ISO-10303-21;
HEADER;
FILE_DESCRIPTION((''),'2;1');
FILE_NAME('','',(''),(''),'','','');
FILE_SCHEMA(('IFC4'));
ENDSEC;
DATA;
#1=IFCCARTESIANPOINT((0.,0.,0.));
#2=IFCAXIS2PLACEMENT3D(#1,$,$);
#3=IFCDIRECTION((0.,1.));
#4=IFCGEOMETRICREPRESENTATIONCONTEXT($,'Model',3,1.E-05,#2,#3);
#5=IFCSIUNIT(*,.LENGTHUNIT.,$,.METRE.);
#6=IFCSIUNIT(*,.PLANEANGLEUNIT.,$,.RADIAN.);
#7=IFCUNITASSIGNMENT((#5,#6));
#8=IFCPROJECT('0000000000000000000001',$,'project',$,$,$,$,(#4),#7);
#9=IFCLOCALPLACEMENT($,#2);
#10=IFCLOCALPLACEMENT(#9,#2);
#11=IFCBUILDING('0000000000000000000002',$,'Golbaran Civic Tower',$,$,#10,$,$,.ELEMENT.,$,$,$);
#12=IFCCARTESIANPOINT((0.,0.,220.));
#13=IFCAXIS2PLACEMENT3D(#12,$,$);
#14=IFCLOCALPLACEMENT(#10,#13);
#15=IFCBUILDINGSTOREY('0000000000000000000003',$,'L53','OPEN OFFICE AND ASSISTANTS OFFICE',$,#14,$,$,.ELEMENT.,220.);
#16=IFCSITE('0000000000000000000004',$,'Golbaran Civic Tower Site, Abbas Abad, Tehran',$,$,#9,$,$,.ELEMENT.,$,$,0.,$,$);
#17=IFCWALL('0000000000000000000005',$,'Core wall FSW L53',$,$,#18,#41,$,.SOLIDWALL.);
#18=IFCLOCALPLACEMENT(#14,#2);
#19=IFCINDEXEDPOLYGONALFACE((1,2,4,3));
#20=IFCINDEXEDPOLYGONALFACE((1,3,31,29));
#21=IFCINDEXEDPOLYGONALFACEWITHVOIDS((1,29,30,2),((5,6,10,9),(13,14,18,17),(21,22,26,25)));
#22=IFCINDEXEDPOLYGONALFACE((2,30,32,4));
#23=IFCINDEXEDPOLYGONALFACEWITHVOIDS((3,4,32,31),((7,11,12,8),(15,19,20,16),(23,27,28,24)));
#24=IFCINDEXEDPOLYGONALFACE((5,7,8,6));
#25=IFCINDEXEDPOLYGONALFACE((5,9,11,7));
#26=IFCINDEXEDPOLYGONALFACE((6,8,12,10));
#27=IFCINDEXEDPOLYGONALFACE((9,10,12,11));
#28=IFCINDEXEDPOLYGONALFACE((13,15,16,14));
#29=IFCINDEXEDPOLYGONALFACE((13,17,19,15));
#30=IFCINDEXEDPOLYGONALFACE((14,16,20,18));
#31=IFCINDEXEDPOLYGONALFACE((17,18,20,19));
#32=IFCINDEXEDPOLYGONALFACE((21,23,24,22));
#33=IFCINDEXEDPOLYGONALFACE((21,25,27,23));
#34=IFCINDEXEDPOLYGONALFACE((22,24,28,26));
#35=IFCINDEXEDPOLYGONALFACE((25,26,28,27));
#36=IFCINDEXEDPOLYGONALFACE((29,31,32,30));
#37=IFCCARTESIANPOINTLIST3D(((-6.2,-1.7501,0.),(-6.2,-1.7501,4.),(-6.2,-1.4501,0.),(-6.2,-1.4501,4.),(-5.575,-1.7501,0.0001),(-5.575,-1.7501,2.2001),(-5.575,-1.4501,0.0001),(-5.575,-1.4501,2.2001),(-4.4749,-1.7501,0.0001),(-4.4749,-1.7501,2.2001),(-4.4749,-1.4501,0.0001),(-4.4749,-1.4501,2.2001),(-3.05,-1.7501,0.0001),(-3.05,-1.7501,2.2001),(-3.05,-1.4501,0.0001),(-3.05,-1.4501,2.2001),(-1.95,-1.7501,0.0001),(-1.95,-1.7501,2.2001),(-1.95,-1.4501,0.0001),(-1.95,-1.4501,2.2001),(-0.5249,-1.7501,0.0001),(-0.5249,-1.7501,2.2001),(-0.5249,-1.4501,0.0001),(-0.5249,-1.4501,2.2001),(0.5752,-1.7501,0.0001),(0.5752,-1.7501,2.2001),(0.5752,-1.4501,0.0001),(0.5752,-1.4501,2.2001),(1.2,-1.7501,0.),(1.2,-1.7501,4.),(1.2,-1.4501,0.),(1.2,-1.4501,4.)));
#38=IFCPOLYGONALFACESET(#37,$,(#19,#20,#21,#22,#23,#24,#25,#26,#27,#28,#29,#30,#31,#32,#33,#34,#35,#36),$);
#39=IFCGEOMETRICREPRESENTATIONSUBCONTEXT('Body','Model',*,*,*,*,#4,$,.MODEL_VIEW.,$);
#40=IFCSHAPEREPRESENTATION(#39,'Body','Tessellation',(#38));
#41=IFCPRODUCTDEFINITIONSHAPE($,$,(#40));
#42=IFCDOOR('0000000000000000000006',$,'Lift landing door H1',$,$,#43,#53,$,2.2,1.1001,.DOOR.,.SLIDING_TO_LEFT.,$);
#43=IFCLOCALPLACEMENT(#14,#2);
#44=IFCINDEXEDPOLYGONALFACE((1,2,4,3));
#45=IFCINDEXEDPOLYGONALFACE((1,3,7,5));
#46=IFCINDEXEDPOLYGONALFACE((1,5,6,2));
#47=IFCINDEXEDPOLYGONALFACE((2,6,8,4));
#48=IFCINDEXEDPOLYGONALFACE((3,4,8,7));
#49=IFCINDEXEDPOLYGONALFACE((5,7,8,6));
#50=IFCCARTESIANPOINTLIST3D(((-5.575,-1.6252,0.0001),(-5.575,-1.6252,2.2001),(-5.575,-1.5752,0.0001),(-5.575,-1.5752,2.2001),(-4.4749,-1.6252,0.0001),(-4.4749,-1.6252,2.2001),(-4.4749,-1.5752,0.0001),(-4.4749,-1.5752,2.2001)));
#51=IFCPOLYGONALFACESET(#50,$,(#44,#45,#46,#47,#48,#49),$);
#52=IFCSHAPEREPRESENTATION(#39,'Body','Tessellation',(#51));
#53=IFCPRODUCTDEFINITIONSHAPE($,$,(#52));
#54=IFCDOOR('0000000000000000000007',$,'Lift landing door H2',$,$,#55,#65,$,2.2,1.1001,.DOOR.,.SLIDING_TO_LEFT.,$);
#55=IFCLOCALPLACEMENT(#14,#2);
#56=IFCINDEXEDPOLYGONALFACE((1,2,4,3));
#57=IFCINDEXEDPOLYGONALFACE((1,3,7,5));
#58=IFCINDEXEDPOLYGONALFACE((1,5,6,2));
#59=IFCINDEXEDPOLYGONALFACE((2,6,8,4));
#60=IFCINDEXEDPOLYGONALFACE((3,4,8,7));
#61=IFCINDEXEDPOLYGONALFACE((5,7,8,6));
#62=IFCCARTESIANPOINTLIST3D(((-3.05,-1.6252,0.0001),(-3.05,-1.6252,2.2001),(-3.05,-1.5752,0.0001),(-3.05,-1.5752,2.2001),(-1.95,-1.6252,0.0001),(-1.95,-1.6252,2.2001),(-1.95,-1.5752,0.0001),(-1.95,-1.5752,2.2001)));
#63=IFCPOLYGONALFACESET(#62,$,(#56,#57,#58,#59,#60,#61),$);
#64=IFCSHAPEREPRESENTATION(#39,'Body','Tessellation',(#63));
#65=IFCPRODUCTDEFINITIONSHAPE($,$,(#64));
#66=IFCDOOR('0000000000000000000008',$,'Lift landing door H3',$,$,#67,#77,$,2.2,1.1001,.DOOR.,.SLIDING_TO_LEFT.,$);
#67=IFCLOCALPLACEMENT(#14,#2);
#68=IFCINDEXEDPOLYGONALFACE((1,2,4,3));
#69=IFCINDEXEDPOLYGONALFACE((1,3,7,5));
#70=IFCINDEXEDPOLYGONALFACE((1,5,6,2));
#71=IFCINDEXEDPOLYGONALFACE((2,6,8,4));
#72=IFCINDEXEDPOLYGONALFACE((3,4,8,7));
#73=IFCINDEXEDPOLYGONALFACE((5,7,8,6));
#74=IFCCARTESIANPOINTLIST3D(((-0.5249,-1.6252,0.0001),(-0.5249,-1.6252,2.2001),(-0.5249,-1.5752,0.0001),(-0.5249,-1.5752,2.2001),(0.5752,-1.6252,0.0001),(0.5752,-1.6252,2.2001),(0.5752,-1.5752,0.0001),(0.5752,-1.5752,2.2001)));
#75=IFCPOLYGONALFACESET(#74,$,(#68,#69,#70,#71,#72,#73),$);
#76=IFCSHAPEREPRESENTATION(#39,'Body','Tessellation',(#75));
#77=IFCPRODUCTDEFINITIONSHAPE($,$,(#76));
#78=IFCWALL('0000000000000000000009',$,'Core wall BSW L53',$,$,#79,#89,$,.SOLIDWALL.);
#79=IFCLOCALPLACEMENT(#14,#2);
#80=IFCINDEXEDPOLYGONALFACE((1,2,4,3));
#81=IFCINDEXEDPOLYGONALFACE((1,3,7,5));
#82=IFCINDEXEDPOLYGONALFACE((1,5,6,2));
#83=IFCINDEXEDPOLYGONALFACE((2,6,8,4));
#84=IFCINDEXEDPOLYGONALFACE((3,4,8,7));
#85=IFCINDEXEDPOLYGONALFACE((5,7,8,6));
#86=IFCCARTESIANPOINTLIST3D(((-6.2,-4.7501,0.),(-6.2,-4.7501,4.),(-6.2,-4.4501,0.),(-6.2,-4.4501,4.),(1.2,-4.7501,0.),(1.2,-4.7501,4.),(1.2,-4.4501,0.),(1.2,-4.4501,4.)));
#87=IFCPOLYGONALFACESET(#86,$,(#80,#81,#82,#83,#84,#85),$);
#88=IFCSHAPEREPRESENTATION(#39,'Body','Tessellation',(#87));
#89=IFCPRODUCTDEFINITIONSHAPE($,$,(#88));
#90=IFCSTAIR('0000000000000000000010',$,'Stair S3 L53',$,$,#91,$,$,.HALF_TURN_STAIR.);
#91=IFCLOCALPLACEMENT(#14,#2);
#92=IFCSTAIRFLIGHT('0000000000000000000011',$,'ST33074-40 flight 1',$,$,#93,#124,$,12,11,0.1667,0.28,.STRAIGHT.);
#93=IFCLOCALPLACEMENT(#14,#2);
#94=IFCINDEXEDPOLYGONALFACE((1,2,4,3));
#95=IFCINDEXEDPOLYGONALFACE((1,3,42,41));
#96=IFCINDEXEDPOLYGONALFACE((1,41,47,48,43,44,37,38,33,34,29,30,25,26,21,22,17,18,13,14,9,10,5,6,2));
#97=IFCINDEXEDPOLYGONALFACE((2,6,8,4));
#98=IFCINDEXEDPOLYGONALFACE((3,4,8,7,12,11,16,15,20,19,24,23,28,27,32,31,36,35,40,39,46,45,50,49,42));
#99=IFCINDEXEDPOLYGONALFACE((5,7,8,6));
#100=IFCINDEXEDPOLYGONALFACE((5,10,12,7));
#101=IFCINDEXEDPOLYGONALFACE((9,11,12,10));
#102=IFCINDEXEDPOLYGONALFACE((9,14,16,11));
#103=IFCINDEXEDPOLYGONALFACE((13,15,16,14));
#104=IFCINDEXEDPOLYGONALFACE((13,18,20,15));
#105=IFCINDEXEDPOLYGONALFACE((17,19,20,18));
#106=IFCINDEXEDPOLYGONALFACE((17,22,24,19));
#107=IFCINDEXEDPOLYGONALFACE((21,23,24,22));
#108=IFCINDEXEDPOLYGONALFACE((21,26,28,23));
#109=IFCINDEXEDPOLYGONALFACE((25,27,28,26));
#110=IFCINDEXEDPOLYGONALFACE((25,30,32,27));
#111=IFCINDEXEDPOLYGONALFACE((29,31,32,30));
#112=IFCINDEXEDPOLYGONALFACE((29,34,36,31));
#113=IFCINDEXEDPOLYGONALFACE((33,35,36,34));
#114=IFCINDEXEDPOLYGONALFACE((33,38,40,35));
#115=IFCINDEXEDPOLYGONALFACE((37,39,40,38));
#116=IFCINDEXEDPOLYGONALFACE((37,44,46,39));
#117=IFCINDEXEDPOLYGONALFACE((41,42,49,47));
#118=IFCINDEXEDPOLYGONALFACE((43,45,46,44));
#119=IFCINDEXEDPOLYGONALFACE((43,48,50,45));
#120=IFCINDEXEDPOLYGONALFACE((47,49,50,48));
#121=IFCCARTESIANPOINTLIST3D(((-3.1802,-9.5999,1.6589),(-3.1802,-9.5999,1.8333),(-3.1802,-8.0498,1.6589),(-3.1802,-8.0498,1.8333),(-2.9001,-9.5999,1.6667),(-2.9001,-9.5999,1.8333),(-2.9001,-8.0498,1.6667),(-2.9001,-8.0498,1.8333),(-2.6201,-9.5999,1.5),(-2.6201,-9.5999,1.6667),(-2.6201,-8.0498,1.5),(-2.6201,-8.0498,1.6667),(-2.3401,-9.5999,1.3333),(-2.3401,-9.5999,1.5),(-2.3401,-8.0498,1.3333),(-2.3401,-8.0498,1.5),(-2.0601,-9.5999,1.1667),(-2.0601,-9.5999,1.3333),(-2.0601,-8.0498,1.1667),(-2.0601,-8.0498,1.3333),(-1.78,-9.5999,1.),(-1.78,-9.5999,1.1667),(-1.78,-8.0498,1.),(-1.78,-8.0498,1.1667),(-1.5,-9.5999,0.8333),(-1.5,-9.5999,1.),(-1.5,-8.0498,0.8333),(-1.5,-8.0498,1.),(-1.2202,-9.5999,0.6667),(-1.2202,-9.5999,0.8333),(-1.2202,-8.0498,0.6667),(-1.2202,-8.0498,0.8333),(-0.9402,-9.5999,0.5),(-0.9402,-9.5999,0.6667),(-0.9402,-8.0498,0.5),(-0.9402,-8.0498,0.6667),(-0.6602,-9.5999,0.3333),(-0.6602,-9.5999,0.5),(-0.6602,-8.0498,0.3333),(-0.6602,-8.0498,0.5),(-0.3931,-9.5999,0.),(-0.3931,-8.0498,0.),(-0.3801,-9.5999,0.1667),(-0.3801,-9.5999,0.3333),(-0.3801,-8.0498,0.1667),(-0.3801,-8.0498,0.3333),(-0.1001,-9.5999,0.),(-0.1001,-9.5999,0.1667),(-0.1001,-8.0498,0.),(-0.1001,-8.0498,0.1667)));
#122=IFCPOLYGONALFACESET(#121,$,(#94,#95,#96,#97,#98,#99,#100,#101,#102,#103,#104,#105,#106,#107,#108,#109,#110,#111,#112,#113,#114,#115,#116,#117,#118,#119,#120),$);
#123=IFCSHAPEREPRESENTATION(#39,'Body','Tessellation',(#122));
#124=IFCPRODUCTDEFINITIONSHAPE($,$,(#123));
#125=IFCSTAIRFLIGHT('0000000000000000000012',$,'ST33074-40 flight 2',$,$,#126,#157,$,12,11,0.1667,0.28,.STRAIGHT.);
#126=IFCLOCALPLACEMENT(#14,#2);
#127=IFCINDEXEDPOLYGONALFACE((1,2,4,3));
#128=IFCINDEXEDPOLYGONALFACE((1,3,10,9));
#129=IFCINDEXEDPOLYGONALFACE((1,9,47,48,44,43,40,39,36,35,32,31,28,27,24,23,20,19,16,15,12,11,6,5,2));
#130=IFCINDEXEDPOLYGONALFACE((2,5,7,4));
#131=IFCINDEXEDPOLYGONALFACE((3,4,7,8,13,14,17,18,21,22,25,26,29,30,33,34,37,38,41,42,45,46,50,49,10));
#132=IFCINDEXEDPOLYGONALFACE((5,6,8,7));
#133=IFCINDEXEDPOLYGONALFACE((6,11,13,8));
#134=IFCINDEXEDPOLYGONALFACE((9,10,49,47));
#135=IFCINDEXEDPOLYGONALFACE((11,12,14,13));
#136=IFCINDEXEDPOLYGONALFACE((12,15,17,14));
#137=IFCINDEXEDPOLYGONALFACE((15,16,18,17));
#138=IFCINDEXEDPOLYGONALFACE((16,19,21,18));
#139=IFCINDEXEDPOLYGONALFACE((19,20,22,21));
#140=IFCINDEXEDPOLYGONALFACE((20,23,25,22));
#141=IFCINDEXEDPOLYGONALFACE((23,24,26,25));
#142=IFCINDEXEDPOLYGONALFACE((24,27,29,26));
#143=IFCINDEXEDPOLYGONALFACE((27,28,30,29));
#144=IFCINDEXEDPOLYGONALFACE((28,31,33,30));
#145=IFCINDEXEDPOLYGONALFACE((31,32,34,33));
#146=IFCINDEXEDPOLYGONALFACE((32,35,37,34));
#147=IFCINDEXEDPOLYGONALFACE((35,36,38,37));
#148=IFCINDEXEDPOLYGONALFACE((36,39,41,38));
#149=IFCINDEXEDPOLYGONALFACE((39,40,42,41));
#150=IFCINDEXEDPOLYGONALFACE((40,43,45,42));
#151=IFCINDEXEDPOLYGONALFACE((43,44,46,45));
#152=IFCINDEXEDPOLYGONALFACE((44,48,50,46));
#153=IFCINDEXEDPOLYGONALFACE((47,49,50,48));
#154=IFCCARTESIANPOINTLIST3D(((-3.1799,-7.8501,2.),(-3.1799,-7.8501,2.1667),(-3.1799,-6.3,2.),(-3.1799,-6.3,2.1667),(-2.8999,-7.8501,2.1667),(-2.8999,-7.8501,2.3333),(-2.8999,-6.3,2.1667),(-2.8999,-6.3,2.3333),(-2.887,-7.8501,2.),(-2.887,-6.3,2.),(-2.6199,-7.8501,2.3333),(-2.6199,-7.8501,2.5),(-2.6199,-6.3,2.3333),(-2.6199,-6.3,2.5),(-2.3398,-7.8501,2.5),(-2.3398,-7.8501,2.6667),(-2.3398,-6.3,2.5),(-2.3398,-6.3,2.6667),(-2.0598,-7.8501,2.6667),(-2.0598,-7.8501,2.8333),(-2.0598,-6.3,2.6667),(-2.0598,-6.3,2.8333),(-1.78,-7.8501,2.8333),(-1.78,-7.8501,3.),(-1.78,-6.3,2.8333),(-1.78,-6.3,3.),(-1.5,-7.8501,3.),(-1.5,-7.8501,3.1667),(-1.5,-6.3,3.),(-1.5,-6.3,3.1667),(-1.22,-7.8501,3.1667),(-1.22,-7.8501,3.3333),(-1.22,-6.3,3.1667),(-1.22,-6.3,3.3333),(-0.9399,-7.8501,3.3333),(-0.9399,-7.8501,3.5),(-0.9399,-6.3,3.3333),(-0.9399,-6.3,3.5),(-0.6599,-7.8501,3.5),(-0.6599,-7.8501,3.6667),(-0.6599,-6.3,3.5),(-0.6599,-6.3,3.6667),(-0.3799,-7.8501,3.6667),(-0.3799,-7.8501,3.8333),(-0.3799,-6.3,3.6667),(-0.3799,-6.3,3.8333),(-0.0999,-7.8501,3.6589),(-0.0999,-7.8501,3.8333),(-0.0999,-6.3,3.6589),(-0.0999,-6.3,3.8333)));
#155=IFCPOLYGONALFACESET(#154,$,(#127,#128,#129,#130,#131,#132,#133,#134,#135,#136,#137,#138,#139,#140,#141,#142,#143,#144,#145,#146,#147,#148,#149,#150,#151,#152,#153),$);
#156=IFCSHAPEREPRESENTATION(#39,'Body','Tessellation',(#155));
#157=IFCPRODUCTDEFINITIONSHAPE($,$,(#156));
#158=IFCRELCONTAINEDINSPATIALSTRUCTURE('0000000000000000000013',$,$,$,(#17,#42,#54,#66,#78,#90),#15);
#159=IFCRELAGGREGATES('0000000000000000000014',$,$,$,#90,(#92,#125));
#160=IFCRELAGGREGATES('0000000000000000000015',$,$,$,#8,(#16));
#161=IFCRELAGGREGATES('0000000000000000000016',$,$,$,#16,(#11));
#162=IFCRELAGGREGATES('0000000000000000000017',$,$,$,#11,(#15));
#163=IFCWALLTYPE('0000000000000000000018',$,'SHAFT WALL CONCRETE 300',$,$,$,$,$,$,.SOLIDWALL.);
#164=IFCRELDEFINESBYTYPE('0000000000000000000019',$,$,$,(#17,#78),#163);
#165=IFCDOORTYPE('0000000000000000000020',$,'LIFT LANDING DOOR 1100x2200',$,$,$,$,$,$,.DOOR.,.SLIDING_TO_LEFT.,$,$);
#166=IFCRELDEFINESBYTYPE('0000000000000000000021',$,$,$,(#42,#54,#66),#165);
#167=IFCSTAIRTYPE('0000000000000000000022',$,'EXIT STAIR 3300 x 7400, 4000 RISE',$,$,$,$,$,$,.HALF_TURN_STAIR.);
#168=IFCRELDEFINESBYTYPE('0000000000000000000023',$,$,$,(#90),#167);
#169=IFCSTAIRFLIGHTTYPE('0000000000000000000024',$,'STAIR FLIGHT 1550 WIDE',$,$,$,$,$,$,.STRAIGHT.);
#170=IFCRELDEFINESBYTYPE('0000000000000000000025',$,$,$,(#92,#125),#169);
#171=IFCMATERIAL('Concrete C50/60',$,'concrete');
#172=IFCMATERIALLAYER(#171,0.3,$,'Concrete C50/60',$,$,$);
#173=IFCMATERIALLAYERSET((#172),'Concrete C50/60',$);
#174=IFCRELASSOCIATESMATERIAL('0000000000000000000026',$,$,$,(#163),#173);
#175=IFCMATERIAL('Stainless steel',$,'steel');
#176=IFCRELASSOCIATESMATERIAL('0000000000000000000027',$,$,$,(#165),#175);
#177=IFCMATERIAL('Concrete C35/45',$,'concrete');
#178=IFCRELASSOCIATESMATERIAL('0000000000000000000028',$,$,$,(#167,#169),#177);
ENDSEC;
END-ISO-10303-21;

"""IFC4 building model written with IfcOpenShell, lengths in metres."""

from ifc_helpers import new_model, si_unit, direction, frame, frame_2d, origin, place, context, subcontext, project, spatial, polyline, rectangle, outline, extrude, material, layer, layer_set, type_object, element, fill, aggregate, save


model = new_model("IFC4")

# Units and contexts
model_context = context("Model", 3, precision=1e-05, world=origin(), true_north=direction((0.0, 1.0)))
body_context = subcontext(model_context, "Body", "Model", "MODEL_VIEW")
ifc_project = project(units=[si_unit("LENGTHUNIT", "METRE"), si_unit("PLANEANGLEUNIT", "RADIAN")], contexts=[model_context])

# Site, building, storey
site_placement = place(None, origin())
site = spatial("IfcSite", under=ifc_project, at=site_placement, Name="Golbaran Civic Tower Site, Abbas Abad, Tehran", CompositionType="ELEMENT", RefElevation=0.0)
building_placement = place(site_placement, origin())
building = spatial("IfcBuilding", under=site, at=building_placement, Name="Golbaran Civic Tower", CompositionType="ELEMENT")
storey_placement = place(building_placement, frame((0.0, 0.0, 220.0)))
storey = spatial("IfcBuildingStorey", under=building, at=storey_placement, Name="L53", Description="OPEN OFFICE AND ASSISTANTS OFFICE", CompositionType="ELEMENT", Elevation=220.0)

# Shared definitions
ifc_material_1 = material(Name="Concrete C50/60", Category="concrete")

# Wall, openings, doors
ifc_layer_1 = layer(ifc_material_1, 0.3, Name="Concrete C50/60")
ifc_layer_set_1 = layer_set([ifc_layer_1], Name="Concrete C50/60")
wall_type_1 = type_object("IfcWallType", Name="SHAFT WALL CONCRETE 300", PredefinedType="SOLIDWALL", material=ifc_layer_set_1)
wall_1_placement = place(storey_placement, frame((-6.2, -1.6001, 0.0), z_axis=(0.0, 0.0, 1.0), x_axis=(1.0, 0.0, 0.0)))
wall_1 = element("IfcWall", 1, at=wall_1_placement, inside=storey, type_object=wall_type_1, Name="Core wall FSW L53", PredefinedType="SOLIDWALL", context=body_context, shape_type="SweptSolid", body=[
    extrude(rectangle(XDim=7.3999, YDim=0.3, at=frame_2d((3.7, 0.0))), origin(), (0.0, 0.0, 1.0), 4.0),
])
opening_1_placement = place(wall_1_placement, frame((0.625, 0.0, 0.0)))
opening_1 = element("IfcOpeningElement", 2, at=opening_1_placement, cuts=wall_1, PredefinedType="OPENING", context=body_context, shape_type="SweptSolid", body=[
    extrude(rectangle(XDim=1.1001, YDim=2.2, at=frame_2d((0.55, 1.1001))), frame((0.0, 0.1599, 0.0), z_axis=(0.0, -1.0, 0.0), x_axis=(1.0, 0.0, 0.0)), (0.0, 0.0, 1.0), 0.3201),
])
opening_2_placement = place(wall_1_placement, frame((3.1499, 0.0, 0.0)))
opening_2 = element("IfcOpeningElement", 3, at=opening_2_placement, cuts=wall_1, PredefinedType="OPENING", context=body_context, shape_type="SweptSolid", body=[
    extrude(rectangle(XDim=1.1001, YDim=2.2, at=frame_2d((0.55, 1.1001))), frame((0.0, 0.1599, 0.0), z_axis=(0.0, -1.0, 0.0), x_axis=(1.0, 0.0, 0.0)), (0.0, 0.0, 1.0), 0.3201),
])
opening_3_placement = place(wall_1_placement, frame((5.675, 0.0, 0.0)))
opening_3 = element("IfcOpeningElement", 4, at=opening_3_placement, cuts=wall_1, PredefinedType="OPENING", context=body_context, shape_type="SweptSolid", body=[
    extrude(rectangle(XDim=1.1001, YDim=2.2, at=frame_2d((0.55, 1.1001))), frame((0.0, 0.1599, 0.0), z_axis=(0.0, -1.0, 0.0), x_axis=(1.0, 0.0, 0.0)), (0.0, 0.0, 1.0), 0.3201),
])
ifc_material_2 = material(Name="Stainless steel", Category="steel")
door_type_1 = type_object("IfcDoorType", Name="LIFT LANDING DOOR 1100x2200", OperationType="SLIDING_TO_LEFT", PredefinedType="DOOR", material=ifc_material_2)
door_1_placement = place(opening_1_placement, origin())
door_1 = element("IfcDoor", 5, at=door_1_placement, inside=storey, type_object=door_type_1, Name="Lift landing door H1", OperationType="SLIDING_TO_LEFT", OverallHeight=2.2, OverallWidth=1.1001, PredefinedType="DOOR", context=body_context, shape_type="SweptSolid", body=[
    extrude(rectangle(XDim=1.1001, YDim=2.2, at=frame_2d((0.55, 1.1001))), frame((0.0, 0.0249, 0.0), z_axis=(0.0, -1.0, 0.0), x_axis=(1.0, 0.0, 0.0)), (0.0, 0.0, 1.0), 0.05),
])
fill(opening_1, door_1)
door_2_placement = place(opening_2_placement, origin())
door_2 = element("IfcDoor", 6, at=door_2_placement, inside=storey, type_object=door_type_1, Name="Lift landing door H2", OperationType="SLIDING_TO_LEFT", OverallHeight=2.2, OverallWidth=1.1001, PredefinedType="DOOR", context=body_context, shape_type="SweptSolid", body=[
    extrude(rectangle(XDim=1.1001, YDim=2.2, at=frame_2d((0.55, 1.1001))), frame((0.0, 0.0249, 0.0), z_axis=(0.0, -1.0, 0.0), x_axis=(1.0, 0.0, 0.0)), (0.0, 0.0, 1.0), 0.05),
])
fill(opening_2, door_2)
door_3_placement = place(opening_3_placement, origin())
door_3 = element("IfcDoor", 7, at=door_3_placement, inside=storey, type_object=door_type_1, Name="Lift landing door H3", OperationType="SLIDING_TO_LEFT", OverallHeight=2.2, OverallWidth=1.1001, PredefinedType="DOOR", context=body_context, shape_type="SweptSolid", body=[
    extrude(rectangle(XDim=1.1001, YDim=2.2, at=frame_2d((0.55, 1.1001))), frame((0.0, 0.0249, 0.0), z_axis=(0.0, -1.0, 0.0), x_axis=(1.0, 0.0, 0.0)), (0.0, 0.0, 1.0), 0.05),
])
fill(opening_3, door_3)

# Wall
wall_2_placement = place(storey_placement, frame((-6.2, -4.6001, 0.0), z_axis=(0.0, 0.0, 1.0), x_axis=(1.0, 0.0, 0.0)))
element("IfcWall", 8, at=wall_2_placement, inside=storey, type_object=wall_type_1, Name="Core wall BSW L53", PredefinedType="SOLIDWALL", context=body_context, shape_type="SweptSolid", body=[
    extrude(rectangle(XDim=7.3999, YDim=0.3, at=frame_2d((3.7, 0.0))), origin(), (0.0, 0.0, 1.0), 4.0),
])

# Stair, stair flights
ifc_material_3 = material(Name="Concrete C35/45", Category="concrete")
stair_type = type_object("IfcStairType", Name="EXIT STAIR 3300 x 7400, 4000 RISE", PredefinedType="HALF_TURN_STAIR", material=ifc_material_3)
stair_placement = place(storey_placement, origin())
stair = element("IfcStair", 9, at=stair_placement, inside=storey, type_object=stair_type, Name="Stair S3 L53", PredefinedType="HALF_TURN_STAIR")
stair_flight_type = type_object("IfcStairFlightType", Name="STAIR FLIGHT 1550 WIDE", PredefinedType="STRAIGHT", material=ifc_material_3)
stair_flight_1_placement = place(storey_placement, frame((-0.1001, -8.825, 0.0), z_axis=(0.0, 0.0, 1.0), x_axis=(-1.0, 0.0, 0.0)))
stair_flight_1 = element("IfcStairFlight", 10, at=stair_flight_1_placement, type_object=stair_flight_type, Name="ST33074-40 flight 1", NumberOfRisers=12, NumberOfTreads=11, PredefinedType="STRAIGHT", RiserHeight=0.1667, TreadLength=0.28, context=body_context, shape_type="SweptSolid", body=[
    extrude(outline(polyline([(0.0, 0.0), (0.0, 0.1667), (0.28, 0.1667), (0.28, 0.3333), (0.5601, 0.3333), (0.5601, 0.5), (0.8401, 0.5), (0.8401, 0.6667), (1.1201, 0.6667), (1.1201, 0.8333), (1.3999, 0.8333), (1.3999, 1.0), (1.6799, 1.0), (1.6799, 1.1667), (1.96, 1.1667), (1.96, 1.3333), (2.24, 1.3333), (2.24, 1.5), (2.52, 1.5), (2.52, 1.6667), (2.8, 1.6667), (2.8, 1.8333), (3.0801, 1.8333), (3.0801, 2.0), (3.0801, 1.6589), (0.293, 0.0), (0.0, 0.0)])), frame((0.0, 0.7749, 0.0), z_axis=(0.0, -1.0, 0.0), x_axis=(1.0, 0.0, 0.0)), (0.0, 0.0, 1.0), 1.55),
])
stair_flight_2_placement = place(storey_placement, frame((-3.1799, -7.075, 2.0), z_axis=(0.0, 0.0, 1.0), x_axis=(1.0, 0.0, 0.0)))
stair_flight_2 = element("IfcStairFlight", 11, at=stair_flight_2_placement, type_object=stair_flight_type, Name="ST33074-40 flight 2", NumberOfRisers=12, NumberOfTreads=11, PredefinedType="STRAIGHT", RiserHeight=0.1667, TreadLength=0.28, context=body_context, shape_type="SweptSolid", body=[
    extrude(outline(polyline([(0.0, 0.0), (0.0, 0.1667), (0.28, 0.1667), (0.28, 0.3333), (0.5601, 0.3333), (0.5601, 0.5), (0.8401, 0.5), (0.8401, 0.6667), (1.1201, 0.6667), (1.1201, 0.8333), (1.3999, 0.8333), (1.3999, 1.0), (1.6799, 1.0), (1.6799, 1.1667), (1.96, 1.1667), (1.96, 1.3333), (2.24, 1.3333), (2.24, 1.5), (2.52, 1.5), (2.52, 1.6667), (2.8, 1.6667), (2.8, 1.8333), (3.0801, 1.8333), (3.0801, 2.0), (3.0801, 1.6589), (0.293, 0.0), (0.0, 0.0)])), frame((0.0, 0.7749, 0.0), z_axis=(0.0, -1.0, 0.0), x_axis=(1.0, 0.0, 0.0)), (0.0, 0.0, 1.0), 1.55),
])
aggregate(stair, [stair_flight_1, stair_flight_2])

save(model, "model.ifc")
